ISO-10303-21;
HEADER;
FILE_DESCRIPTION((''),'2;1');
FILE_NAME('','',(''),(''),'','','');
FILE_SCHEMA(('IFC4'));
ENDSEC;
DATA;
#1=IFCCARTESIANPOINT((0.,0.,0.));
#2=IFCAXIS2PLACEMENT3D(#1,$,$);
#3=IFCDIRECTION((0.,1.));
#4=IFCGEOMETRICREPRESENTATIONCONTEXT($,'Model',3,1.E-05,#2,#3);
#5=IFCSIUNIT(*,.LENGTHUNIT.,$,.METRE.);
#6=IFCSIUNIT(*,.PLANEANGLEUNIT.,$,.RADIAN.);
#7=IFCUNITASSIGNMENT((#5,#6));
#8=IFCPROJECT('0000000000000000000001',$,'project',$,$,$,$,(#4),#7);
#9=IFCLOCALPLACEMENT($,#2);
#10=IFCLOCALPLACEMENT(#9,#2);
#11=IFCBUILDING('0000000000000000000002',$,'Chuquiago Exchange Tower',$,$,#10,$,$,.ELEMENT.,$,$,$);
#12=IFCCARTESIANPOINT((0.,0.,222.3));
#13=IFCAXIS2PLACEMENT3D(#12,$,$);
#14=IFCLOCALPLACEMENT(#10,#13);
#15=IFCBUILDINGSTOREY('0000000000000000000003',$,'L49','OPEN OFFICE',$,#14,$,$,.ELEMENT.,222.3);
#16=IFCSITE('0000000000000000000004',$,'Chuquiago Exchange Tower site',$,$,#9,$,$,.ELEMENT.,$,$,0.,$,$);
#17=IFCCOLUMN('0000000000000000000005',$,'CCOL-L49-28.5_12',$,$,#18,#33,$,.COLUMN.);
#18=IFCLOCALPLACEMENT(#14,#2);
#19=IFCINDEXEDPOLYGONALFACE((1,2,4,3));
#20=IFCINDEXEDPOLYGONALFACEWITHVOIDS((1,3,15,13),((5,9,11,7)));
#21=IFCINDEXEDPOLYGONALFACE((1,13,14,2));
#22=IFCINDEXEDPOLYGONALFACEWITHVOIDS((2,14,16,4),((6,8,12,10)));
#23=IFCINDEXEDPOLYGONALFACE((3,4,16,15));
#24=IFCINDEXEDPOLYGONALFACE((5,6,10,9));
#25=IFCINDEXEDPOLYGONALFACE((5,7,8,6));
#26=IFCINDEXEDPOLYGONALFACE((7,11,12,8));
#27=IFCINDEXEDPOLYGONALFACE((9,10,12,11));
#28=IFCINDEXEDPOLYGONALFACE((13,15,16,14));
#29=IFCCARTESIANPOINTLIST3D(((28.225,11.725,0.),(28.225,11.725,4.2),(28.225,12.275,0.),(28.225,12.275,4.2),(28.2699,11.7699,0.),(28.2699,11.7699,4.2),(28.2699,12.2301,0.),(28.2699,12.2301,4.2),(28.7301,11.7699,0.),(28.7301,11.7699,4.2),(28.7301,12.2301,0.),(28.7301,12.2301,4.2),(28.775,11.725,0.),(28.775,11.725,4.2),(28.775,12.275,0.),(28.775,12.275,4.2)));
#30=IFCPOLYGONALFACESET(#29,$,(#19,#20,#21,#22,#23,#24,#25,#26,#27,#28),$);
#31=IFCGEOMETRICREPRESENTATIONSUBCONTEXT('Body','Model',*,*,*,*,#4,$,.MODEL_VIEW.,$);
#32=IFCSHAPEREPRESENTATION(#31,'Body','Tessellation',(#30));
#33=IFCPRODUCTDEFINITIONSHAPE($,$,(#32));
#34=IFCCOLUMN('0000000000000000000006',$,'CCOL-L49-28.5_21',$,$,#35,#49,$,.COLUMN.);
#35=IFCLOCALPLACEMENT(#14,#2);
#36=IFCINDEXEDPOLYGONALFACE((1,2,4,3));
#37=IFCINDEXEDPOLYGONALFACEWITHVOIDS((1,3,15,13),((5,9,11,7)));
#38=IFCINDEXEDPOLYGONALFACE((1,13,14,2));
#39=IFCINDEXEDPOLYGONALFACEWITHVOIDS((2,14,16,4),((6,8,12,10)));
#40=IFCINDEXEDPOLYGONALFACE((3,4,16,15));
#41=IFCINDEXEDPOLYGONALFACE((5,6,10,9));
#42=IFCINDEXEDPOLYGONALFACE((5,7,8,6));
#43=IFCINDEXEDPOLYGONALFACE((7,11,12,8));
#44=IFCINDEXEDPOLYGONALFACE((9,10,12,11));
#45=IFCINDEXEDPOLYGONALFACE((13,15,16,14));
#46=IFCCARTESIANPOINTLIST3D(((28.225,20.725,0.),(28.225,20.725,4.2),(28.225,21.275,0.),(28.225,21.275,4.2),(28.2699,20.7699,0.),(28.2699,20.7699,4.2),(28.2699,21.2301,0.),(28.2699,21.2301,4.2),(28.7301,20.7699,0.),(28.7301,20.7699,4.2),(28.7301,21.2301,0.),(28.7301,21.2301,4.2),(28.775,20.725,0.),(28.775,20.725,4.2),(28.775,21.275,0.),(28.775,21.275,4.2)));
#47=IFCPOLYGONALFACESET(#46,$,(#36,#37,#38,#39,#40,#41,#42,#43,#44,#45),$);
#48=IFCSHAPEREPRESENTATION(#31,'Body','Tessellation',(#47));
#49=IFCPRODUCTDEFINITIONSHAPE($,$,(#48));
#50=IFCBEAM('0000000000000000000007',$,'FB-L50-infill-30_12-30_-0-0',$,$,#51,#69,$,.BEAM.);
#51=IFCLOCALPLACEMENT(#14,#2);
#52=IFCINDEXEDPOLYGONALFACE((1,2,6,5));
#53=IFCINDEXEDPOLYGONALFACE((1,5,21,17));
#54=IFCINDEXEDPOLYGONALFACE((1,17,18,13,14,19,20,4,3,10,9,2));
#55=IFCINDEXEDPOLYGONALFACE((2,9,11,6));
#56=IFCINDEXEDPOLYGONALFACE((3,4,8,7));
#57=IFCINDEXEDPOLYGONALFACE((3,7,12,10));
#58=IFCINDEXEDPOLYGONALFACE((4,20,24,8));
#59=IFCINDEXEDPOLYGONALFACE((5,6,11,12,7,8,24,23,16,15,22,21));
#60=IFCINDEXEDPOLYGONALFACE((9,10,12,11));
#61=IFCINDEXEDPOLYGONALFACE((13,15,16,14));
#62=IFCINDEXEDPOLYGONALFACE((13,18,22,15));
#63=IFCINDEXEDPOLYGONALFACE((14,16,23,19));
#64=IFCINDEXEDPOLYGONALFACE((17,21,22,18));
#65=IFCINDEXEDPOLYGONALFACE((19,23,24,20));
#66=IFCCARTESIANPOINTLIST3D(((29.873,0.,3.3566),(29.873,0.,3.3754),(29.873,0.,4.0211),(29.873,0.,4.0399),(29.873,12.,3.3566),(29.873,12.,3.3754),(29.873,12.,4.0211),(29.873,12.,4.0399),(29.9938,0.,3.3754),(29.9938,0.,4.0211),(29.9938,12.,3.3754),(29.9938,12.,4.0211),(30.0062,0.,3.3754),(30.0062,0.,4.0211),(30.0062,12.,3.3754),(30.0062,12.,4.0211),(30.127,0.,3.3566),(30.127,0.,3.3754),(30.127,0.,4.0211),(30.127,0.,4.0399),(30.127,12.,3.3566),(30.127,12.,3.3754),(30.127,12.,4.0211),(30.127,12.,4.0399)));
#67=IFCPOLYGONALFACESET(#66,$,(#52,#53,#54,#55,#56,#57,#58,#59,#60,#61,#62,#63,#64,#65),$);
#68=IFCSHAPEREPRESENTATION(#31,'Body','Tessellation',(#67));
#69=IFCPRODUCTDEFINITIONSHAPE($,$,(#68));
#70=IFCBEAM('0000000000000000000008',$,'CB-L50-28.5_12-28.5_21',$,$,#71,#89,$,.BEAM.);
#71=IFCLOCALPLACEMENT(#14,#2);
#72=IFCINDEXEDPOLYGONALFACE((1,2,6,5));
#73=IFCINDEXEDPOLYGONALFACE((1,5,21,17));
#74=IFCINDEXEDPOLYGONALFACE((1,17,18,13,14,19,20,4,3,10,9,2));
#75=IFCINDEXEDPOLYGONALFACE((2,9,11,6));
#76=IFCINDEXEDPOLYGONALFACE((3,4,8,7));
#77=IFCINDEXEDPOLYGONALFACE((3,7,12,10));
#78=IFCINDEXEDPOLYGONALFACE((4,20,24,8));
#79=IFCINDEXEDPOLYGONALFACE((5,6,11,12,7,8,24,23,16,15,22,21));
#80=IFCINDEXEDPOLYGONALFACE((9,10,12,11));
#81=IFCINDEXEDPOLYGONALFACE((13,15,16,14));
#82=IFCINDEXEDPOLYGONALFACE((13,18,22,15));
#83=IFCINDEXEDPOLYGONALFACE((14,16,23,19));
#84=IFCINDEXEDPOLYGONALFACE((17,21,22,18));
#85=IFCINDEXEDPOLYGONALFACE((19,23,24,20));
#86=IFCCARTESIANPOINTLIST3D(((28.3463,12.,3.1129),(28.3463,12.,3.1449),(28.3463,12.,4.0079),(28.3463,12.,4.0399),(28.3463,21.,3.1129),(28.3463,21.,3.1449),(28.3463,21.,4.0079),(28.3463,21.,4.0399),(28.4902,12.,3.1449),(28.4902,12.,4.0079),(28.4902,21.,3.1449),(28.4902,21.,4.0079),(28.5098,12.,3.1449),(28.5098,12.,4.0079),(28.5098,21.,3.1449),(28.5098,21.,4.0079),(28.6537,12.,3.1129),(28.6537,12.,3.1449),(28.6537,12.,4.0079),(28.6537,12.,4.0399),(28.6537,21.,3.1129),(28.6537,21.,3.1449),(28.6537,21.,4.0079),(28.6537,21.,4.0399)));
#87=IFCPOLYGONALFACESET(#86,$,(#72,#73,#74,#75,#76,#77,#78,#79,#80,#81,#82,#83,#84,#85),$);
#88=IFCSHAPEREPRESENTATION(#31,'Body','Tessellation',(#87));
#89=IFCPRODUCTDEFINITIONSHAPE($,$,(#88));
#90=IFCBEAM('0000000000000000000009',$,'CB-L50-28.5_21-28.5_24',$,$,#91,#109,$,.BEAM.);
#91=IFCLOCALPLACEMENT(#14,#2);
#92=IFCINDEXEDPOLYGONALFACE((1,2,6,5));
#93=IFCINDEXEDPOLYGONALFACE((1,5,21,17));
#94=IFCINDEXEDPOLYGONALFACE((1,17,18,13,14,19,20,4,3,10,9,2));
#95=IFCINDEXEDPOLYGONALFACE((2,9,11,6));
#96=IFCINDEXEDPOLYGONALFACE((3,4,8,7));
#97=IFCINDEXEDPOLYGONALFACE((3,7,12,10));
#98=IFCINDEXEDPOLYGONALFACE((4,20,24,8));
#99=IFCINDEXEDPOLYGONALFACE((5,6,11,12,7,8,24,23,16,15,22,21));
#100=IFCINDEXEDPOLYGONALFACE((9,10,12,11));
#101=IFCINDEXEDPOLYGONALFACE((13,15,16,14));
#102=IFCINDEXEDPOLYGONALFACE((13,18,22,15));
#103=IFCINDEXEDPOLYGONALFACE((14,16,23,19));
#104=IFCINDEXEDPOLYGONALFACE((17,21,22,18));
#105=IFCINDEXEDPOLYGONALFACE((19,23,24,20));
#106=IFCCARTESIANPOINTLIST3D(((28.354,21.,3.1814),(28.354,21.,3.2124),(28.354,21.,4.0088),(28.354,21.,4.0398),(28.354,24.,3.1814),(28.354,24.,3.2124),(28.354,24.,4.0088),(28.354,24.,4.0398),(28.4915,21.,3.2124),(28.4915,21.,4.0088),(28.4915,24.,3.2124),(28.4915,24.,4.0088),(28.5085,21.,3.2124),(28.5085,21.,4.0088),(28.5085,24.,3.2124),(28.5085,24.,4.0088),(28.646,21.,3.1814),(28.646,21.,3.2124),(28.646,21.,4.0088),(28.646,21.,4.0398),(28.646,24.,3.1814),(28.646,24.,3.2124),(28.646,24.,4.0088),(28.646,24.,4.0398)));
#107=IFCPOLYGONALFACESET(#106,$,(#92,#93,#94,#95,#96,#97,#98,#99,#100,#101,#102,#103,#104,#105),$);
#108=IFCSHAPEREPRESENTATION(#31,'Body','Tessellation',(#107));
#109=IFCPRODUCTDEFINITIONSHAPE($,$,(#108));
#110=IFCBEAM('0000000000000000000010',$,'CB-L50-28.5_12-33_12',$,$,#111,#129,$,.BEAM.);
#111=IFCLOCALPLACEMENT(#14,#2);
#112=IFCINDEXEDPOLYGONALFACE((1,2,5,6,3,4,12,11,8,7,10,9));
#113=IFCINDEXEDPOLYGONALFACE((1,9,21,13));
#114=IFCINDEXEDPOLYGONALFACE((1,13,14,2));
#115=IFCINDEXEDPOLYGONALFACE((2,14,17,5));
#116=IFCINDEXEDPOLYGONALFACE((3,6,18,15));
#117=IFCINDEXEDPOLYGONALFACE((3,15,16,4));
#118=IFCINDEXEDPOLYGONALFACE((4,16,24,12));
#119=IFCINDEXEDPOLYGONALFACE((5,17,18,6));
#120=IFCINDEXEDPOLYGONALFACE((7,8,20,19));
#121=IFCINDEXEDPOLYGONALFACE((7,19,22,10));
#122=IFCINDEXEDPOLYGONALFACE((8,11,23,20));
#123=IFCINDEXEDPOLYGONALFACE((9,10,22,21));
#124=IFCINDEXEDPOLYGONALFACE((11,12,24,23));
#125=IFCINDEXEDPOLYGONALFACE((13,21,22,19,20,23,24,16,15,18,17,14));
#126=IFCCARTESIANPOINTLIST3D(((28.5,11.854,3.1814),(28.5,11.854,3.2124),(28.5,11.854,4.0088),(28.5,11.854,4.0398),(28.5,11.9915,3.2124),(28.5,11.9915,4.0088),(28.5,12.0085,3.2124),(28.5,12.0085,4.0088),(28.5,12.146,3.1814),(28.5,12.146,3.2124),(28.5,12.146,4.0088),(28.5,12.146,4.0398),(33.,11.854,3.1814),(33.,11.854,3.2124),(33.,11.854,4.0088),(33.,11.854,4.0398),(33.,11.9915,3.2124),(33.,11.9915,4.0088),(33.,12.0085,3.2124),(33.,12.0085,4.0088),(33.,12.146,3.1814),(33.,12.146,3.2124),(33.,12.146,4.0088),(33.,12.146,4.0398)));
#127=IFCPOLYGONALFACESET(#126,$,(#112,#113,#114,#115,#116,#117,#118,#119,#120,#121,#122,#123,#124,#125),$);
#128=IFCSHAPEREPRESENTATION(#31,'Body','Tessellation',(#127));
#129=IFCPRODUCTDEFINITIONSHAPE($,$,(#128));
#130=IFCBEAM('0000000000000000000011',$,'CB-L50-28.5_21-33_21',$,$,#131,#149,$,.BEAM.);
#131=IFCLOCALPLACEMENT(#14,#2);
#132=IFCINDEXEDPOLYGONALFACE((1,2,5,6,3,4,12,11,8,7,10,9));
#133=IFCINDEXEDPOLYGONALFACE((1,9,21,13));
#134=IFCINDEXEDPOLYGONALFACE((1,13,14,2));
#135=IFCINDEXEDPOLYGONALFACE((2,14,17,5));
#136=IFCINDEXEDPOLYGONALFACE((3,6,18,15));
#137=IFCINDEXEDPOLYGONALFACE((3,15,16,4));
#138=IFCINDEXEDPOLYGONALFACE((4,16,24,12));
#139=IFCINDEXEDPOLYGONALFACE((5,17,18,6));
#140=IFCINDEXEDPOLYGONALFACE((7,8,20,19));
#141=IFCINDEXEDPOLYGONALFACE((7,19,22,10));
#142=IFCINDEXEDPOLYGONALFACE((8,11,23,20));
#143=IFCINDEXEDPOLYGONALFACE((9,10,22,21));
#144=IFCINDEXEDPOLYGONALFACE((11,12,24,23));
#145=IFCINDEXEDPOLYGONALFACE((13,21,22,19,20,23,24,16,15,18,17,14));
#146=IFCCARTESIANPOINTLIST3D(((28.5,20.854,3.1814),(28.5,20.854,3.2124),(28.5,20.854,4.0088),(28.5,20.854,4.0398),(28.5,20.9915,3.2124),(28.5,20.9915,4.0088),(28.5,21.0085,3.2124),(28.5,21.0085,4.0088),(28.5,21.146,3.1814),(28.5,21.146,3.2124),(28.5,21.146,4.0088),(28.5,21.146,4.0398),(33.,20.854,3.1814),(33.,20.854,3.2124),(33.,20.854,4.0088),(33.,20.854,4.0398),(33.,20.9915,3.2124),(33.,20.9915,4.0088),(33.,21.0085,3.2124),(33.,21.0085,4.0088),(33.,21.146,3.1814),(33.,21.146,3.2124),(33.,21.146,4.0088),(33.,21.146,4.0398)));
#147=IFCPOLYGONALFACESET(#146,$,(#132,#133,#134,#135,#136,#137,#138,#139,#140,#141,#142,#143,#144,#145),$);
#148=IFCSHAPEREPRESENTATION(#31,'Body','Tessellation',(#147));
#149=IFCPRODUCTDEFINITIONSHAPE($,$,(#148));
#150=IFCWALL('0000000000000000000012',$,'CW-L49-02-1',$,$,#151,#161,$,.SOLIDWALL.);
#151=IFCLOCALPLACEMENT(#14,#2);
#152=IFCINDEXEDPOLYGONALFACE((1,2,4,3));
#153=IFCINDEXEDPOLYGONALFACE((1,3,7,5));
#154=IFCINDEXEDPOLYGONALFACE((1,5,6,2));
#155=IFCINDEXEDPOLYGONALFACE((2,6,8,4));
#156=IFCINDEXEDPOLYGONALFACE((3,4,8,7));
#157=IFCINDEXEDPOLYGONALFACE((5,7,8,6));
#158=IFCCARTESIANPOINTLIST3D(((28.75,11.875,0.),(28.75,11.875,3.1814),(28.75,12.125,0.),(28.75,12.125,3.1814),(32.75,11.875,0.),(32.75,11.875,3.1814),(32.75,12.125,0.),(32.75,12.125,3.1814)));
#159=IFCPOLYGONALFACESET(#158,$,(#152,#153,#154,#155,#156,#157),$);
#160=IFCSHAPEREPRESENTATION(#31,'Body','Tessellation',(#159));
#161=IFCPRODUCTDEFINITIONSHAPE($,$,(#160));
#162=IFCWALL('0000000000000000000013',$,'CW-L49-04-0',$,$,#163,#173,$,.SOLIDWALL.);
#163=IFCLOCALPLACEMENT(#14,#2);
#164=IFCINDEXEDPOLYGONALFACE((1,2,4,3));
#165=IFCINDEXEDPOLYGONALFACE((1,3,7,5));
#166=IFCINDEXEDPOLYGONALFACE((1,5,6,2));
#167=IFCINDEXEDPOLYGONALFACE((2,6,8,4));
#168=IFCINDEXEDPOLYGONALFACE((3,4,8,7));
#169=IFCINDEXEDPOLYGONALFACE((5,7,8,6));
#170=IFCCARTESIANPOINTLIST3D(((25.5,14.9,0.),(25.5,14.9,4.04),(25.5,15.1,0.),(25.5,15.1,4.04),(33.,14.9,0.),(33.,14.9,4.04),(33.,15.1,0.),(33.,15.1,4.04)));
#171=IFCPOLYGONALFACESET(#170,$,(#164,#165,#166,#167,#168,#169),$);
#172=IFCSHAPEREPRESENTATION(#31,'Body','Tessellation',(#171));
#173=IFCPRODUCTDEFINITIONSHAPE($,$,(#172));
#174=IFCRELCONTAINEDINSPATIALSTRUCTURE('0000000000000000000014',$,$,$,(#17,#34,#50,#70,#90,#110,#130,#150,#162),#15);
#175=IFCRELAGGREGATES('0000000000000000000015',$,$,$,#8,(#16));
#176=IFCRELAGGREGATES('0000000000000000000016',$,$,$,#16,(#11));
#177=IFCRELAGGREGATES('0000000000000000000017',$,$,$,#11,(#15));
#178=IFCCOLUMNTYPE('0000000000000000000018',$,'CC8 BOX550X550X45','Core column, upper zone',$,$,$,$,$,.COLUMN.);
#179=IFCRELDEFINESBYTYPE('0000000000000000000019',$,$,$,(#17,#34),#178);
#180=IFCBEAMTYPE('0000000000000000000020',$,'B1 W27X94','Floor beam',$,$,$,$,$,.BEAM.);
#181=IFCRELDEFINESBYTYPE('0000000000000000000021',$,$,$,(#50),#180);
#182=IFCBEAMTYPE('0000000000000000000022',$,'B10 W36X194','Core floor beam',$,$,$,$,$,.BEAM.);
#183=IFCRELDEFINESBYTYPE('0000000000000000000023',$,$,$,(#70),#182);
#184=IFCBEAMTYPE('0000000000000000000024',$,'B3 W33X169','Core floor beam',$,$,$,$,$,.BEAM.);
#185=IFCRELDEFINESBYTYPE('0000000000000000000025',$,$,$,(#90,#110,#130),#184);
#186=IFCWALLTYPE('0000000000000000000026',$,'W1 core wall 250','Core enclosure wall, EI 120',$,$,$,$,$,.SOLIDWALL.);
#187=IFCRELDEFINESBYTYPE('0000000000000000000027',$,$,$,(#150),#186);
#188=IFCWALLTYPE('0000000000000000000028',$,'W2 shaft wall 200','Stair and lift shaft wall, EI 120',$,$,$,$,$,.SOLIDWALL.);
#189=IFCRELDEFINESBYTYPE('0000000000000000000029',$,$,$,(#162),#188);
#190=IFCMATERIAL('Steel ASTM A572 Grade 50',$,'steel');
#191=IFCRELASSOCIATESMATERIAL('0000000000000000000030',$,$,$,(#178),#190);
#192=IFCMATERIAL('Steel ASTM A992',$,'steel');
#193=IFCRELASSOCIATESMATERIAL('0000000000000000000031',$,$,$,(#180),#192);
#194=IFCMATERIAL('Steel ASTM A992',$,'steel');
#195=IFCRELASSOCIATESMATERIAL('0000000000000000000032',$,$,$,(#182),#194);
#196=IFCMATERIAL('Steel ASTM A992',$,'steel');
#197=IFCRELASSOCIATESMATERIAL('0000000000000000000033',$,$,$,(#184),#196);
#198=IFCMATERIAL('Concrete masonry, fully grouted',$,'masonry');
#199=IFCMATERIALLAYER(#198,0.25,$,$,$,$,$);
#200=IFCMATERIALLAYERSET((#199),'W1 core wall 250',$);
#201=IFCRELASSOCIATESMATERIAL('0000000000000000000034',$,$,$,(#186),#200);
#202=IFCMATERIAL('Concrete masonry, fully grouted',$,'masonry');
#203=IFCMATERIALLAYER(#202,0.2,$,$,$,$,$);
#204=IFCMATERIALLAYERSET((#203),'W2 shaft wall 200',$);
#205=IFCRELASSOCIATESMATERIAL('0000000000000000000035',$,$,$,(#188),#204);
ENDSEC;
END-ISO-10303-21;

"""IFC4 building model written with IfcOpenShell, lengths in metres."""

from ifc_helpers import new_model, si_unit, direction, frame, frame_2d, origin, origin_2d, place, context, subcontext, project, spatial, rectangle, hollow_rectangle, i_section, extrude, material, layer, layer_set, material_profile, profile_set, type_object, element, save


model = new_model("IFC4")

# Units and contexts
model_context = context("Model", 3, precision=1e-05, world=origin(), true_north=direction((0.0, 1.0)))
body_context = subcontext(model_context, "Body", "Model", "MODEL_VIEW")
ifc_project = project(units=[si_unit("LENGTHUNIT", "METRE"), si_unit("PLANEANGLEUNIT", "RADIAN")], contexts=[model_context])

# Site, building, storey
site_placement = place(None, origin())
site = spatial("IfcSite", under=ifc_project, at=site_placement, Name="Chuquiago Exchange Tower site", CompositionType="ELEMENT", RefElevation=0.0)
building_placement = place(site_placement, origin())
building = spatial("IfcBuilding", under=site, at=building_placement, Name="Chuquiago Exchange Tower", CompositionType="ELEMENT")
storey_placement = place(building_placement, frame((0.0, 0.0, 222.3)))
storey = spatial("IfcBuildingStorey", under=building, at=storey_placement, Name="L49", Description="OPEN OFFICE", CompositionType="ELEMENT", Elevation=222.3)

# Columns
ifc_material_1 = material(Name="Steel ASTM A572 Grade 50", Category="steel")
ifc_material_profile_1 = material_profile(ifc_material_1, hollow_rectangle(XDim=0.55, YDim=0.55, WallThickness=0.0449, at=origin_2d()), Name="BOX550X550X45")
ifc_profile_set_1 = profile_set([ifc_material_profile_1], Name="Steel ASTM A572 Grade 50")
column_type = type_object("IfcColumnType", Name="CC8 BOX550X550X45", Description="Core column, upper zone", PredefinedType="COLUMN", material=ifc_profile_set_1)
for number, where, z_axis, x_axis, name in (
    (1, (28.5, 12.0, 0.0), (0.0, 0.0, 1.0), (1.0, 0.0, 0.0), "CCOL-L49-28.5_12"),
    (2, (28.5, 21.0, 0.0), (0.0, 0.0, 1.0), (1.0, 0.0, 0.0), "CCOL-L49-28.5_21"),
):
    element("IfcColumn", number, at=place(storey_placement, frame(where, z_axis=z_axis, x_axis=x_axis)), inside=storey, type_object=column_type, Name=name, PredefinedType="COLUMN", context=body_context, shape_type="SweptSolid", body=[
        extrude(hollow_rectangle(XDim=0.55, YDim=0.55, WallThickness=0.0449, at=origin_2d()), origin(), (0.0, 0.0, 1.0), 4.2),
    ])

# Beams
ifc_material_2 = material(Name="Steel ASTM A992", Category="steel")
ifc_material_profile_2 = material_profile(ifc_material_2, i_section(OverallWidth=0.2539, OverallDepth=0.6833, WebThickness=0.0125, FlangeThickness=0.0188, at=origin_2d()), Name="W27X94")
ifc_profile_set_2 = profile_set([ifc_material_profile_2], Name="Steel ASTM A992")
beam_type_1 = type_object("IfcBeamType", Name="B1 W27X94", Description="Floor beam", PredefinedType="BEAM", material=ifc_profile_set_2)
beam_1_placement = place(storey_placement, frame((30.0, 12.0, 3.6982), z_axis=(0.0, -1.0, 0.0), x_axis=(1.0, 0.0, 0.0)))
element("IfcBeam", 3, at=beam_1_placement, inside=storey, type_object=beam_type_1, Name="FB-L50-infill-30_12-30_-0-0", PredefinedType="BEAM", context=body_context, shape_type="SweptSolid", body=[
    extrude(i_section(OverallWidth=0.2539, OverallDepth=0.6833, WebThickness=0.0125, FlangeThickness=0.0188, at=origin_2d()), origin(), (0.0, 0.0, 1.0), 12.0),
])
ifc_material_3 = material(Name="Steel ASTM A992", Category="steel")
ifc_material_profile_3 = material_profile(ifc_material_3, i_section(OverallWidth=0.3074, OverallDepth=0.927, WebThickness=0.0195, FlangeThickness=0.032, at=origin_2d()), Name="W36X194")
ifc_profile_set_3 = profile_set([ifc_material_profile_3], Name="Steel ASTM A992")
beam_type_2 = type_object("IfcBeamType", Name="B10 W36X194", Description="Core floor beam", PredefinedType="BEAM", material=ifc_profile_set_3)
beam_2_placement = place(storey_placement, frame((28.5, 12.0, 3.5764), z_axis=(0.0, 1.0, 0.0), x_axis=(-1.0, 0.0, 0.0)))
element("IfcBeam", 4, at=beam_2_placement, inside=storey, type_object=beam_type_2, Name="CB-L50-28.5_12-28.5_21", PredefinedType="BEAM", context=body_context, shape_type="SweptSolid", body=[
    extrude(i_section(OverallWidth=0.3074, OverallDepth=0.927, WebThickness=0.0195, FlangeThickness=0.032, at=origin_2d()), origin(), (0.0, 0.0, 1.0), 9.0),
])
ifc_material_4 = material(Name="Steel ASTM A992", Category="steel")
ifc_material_profile_4 = material_profile(ifc_material_4, i_section(OverallWidth=0.292, OverallDepth=0.8584, WebThickness=0.0171, FlangeThickness=0.031, at=origin_2d()), Name="W33X169")
ifc_profile_set_4 = profile_set([ifc_material_profile_4], Name="Steel ASTM A992")
beam_type_3 = type_object("IfcBeamType", Name="B3 W33X169", Description="Core floor beam", PredefinedType="BEAM", material=ifc_profile_set_4)
beam_3_placement = place(storey_placement, frame((28.5, 21.0, 3.6106), z_axis=(0.0, 1.0, 0.0), x_axis=(-1.0, 0.0, 0.0)))
element("IfcBeam", 5, at=beam_3_placement, inside=storey, type_object=beam_type_3, Name="CB-L50-28.5_21-28.5_24", PredefinedType="BEAM", context=body_context, shape_type="SweptSolid", body=[
    extrude(i_section(OverallWidth=0.292, OverallDepth=0.8584, WebThickness=0.0171, FlangeThickness=0.031, at=origin_2d()), origin(), (0.0, 0.0, 1.0), 3.0),
])
for number, where, z_axis, x_axis, name in (
    (6, (28.5, 12.0, 3.6106), (1.0, 0.0, 0.0), (0.0, 1.0, 0.0), "CB-L50-28.5_12-33_12"),
    (7, (28.5, 21.0, 3.6106), (1.0, 0.0, 0.0), (0.0, 1.0, 0.0), "CB-L50-28.5_21-33_21"),
):
    element("IfcBeam", number, at=place(storey_placement, frame(where, z_axis=z_axis, x_axis=x_axis)), inside=storey, type_object=beam_type_3, Name=name, PredefinedType="BEAM", context=body_context, shape_type="SweptSolid", body=[
        extrude(i_section(OverallWidth=0.292, OverallDepth=0.8584, WebThickness=0.0171, FlangeThickness=0.031, at=origin_2d()), origin(), (0.0, 0.0, 1.0), 4.5),
    ])

# Walls
ifc_material_5 = material(Name="Concrete masonry, fully grouted", Category="masonry")
ifc_layer_1 = layer(ifc_material_5, 0.25)
ifc_layer_set_1 = layer_set([ifc_layer_1], Name="W1 core wall 250")
wall_type_1 = type_object("IfcWallType", Name="W1 core wall 250", Description="Core enclosure wall, EI 120", PredefinedType="SOLIDWALL", material=ifc_layer_set_1)
wall_1_placement = place(storey_placement, frame((28.75, 12.0, 0.0), z_axis=(0.0, 0.0, 1.0), x_axis=(1.0, 0.0, 0.0)))
element("IfcWall", 8, at=wall_1_placement, inside=storey, type_object=wall_type_1, Name="CW-L49-02-1", PredefinedType="SOLIDWALL", context=body_context, shape_type="SweptSolid", body=[
    extrude(rectangle(XDim=4.0, YDim=0.25, at=frame_2d((2.0, 0.0))), origin(), (0.0, 0.0, 1.0), 3.1814),
])
ifc_material_6 = material(Name="Concrete masonry, fully grouted", Category="masonry")
ifc_layer_2 = layer(ifc_material_6, 0.2)
ifc_layer_set_2 = layer_set([ifc_layer_2], Name="W2 shaft wall 200")
wall_type_2 = type_object("IfcWallType", Name="W2 shaft wall 200", Description="Stair and lift shaft wall, EI 120", PredefinedType="SOLIDWALL", material=ifc_layer_set_2)
wall_2_placement = place(storey_placement, frame((25.5, 15.0, 0.0), z_axis=(0.0, 0.0, 1.0), x_axis=(1.0, 0.0, 0.0)))
element("IfcWall", 9, at=wall_2_placement, inside=storey, type_object=wall_type_2, Name="CW-L49-04-0", PredefinedType="SOLIDWALL", context=body_context, shape_type="SweptSolid", body=[
    extrude(rectangle(XDim=7.5, YDim=0.2, at=frame_2d((3.75, 0.0))), origin(), (0.0, 0.0, 1.0), 4.04),
])

save(model, "model.ifc")
